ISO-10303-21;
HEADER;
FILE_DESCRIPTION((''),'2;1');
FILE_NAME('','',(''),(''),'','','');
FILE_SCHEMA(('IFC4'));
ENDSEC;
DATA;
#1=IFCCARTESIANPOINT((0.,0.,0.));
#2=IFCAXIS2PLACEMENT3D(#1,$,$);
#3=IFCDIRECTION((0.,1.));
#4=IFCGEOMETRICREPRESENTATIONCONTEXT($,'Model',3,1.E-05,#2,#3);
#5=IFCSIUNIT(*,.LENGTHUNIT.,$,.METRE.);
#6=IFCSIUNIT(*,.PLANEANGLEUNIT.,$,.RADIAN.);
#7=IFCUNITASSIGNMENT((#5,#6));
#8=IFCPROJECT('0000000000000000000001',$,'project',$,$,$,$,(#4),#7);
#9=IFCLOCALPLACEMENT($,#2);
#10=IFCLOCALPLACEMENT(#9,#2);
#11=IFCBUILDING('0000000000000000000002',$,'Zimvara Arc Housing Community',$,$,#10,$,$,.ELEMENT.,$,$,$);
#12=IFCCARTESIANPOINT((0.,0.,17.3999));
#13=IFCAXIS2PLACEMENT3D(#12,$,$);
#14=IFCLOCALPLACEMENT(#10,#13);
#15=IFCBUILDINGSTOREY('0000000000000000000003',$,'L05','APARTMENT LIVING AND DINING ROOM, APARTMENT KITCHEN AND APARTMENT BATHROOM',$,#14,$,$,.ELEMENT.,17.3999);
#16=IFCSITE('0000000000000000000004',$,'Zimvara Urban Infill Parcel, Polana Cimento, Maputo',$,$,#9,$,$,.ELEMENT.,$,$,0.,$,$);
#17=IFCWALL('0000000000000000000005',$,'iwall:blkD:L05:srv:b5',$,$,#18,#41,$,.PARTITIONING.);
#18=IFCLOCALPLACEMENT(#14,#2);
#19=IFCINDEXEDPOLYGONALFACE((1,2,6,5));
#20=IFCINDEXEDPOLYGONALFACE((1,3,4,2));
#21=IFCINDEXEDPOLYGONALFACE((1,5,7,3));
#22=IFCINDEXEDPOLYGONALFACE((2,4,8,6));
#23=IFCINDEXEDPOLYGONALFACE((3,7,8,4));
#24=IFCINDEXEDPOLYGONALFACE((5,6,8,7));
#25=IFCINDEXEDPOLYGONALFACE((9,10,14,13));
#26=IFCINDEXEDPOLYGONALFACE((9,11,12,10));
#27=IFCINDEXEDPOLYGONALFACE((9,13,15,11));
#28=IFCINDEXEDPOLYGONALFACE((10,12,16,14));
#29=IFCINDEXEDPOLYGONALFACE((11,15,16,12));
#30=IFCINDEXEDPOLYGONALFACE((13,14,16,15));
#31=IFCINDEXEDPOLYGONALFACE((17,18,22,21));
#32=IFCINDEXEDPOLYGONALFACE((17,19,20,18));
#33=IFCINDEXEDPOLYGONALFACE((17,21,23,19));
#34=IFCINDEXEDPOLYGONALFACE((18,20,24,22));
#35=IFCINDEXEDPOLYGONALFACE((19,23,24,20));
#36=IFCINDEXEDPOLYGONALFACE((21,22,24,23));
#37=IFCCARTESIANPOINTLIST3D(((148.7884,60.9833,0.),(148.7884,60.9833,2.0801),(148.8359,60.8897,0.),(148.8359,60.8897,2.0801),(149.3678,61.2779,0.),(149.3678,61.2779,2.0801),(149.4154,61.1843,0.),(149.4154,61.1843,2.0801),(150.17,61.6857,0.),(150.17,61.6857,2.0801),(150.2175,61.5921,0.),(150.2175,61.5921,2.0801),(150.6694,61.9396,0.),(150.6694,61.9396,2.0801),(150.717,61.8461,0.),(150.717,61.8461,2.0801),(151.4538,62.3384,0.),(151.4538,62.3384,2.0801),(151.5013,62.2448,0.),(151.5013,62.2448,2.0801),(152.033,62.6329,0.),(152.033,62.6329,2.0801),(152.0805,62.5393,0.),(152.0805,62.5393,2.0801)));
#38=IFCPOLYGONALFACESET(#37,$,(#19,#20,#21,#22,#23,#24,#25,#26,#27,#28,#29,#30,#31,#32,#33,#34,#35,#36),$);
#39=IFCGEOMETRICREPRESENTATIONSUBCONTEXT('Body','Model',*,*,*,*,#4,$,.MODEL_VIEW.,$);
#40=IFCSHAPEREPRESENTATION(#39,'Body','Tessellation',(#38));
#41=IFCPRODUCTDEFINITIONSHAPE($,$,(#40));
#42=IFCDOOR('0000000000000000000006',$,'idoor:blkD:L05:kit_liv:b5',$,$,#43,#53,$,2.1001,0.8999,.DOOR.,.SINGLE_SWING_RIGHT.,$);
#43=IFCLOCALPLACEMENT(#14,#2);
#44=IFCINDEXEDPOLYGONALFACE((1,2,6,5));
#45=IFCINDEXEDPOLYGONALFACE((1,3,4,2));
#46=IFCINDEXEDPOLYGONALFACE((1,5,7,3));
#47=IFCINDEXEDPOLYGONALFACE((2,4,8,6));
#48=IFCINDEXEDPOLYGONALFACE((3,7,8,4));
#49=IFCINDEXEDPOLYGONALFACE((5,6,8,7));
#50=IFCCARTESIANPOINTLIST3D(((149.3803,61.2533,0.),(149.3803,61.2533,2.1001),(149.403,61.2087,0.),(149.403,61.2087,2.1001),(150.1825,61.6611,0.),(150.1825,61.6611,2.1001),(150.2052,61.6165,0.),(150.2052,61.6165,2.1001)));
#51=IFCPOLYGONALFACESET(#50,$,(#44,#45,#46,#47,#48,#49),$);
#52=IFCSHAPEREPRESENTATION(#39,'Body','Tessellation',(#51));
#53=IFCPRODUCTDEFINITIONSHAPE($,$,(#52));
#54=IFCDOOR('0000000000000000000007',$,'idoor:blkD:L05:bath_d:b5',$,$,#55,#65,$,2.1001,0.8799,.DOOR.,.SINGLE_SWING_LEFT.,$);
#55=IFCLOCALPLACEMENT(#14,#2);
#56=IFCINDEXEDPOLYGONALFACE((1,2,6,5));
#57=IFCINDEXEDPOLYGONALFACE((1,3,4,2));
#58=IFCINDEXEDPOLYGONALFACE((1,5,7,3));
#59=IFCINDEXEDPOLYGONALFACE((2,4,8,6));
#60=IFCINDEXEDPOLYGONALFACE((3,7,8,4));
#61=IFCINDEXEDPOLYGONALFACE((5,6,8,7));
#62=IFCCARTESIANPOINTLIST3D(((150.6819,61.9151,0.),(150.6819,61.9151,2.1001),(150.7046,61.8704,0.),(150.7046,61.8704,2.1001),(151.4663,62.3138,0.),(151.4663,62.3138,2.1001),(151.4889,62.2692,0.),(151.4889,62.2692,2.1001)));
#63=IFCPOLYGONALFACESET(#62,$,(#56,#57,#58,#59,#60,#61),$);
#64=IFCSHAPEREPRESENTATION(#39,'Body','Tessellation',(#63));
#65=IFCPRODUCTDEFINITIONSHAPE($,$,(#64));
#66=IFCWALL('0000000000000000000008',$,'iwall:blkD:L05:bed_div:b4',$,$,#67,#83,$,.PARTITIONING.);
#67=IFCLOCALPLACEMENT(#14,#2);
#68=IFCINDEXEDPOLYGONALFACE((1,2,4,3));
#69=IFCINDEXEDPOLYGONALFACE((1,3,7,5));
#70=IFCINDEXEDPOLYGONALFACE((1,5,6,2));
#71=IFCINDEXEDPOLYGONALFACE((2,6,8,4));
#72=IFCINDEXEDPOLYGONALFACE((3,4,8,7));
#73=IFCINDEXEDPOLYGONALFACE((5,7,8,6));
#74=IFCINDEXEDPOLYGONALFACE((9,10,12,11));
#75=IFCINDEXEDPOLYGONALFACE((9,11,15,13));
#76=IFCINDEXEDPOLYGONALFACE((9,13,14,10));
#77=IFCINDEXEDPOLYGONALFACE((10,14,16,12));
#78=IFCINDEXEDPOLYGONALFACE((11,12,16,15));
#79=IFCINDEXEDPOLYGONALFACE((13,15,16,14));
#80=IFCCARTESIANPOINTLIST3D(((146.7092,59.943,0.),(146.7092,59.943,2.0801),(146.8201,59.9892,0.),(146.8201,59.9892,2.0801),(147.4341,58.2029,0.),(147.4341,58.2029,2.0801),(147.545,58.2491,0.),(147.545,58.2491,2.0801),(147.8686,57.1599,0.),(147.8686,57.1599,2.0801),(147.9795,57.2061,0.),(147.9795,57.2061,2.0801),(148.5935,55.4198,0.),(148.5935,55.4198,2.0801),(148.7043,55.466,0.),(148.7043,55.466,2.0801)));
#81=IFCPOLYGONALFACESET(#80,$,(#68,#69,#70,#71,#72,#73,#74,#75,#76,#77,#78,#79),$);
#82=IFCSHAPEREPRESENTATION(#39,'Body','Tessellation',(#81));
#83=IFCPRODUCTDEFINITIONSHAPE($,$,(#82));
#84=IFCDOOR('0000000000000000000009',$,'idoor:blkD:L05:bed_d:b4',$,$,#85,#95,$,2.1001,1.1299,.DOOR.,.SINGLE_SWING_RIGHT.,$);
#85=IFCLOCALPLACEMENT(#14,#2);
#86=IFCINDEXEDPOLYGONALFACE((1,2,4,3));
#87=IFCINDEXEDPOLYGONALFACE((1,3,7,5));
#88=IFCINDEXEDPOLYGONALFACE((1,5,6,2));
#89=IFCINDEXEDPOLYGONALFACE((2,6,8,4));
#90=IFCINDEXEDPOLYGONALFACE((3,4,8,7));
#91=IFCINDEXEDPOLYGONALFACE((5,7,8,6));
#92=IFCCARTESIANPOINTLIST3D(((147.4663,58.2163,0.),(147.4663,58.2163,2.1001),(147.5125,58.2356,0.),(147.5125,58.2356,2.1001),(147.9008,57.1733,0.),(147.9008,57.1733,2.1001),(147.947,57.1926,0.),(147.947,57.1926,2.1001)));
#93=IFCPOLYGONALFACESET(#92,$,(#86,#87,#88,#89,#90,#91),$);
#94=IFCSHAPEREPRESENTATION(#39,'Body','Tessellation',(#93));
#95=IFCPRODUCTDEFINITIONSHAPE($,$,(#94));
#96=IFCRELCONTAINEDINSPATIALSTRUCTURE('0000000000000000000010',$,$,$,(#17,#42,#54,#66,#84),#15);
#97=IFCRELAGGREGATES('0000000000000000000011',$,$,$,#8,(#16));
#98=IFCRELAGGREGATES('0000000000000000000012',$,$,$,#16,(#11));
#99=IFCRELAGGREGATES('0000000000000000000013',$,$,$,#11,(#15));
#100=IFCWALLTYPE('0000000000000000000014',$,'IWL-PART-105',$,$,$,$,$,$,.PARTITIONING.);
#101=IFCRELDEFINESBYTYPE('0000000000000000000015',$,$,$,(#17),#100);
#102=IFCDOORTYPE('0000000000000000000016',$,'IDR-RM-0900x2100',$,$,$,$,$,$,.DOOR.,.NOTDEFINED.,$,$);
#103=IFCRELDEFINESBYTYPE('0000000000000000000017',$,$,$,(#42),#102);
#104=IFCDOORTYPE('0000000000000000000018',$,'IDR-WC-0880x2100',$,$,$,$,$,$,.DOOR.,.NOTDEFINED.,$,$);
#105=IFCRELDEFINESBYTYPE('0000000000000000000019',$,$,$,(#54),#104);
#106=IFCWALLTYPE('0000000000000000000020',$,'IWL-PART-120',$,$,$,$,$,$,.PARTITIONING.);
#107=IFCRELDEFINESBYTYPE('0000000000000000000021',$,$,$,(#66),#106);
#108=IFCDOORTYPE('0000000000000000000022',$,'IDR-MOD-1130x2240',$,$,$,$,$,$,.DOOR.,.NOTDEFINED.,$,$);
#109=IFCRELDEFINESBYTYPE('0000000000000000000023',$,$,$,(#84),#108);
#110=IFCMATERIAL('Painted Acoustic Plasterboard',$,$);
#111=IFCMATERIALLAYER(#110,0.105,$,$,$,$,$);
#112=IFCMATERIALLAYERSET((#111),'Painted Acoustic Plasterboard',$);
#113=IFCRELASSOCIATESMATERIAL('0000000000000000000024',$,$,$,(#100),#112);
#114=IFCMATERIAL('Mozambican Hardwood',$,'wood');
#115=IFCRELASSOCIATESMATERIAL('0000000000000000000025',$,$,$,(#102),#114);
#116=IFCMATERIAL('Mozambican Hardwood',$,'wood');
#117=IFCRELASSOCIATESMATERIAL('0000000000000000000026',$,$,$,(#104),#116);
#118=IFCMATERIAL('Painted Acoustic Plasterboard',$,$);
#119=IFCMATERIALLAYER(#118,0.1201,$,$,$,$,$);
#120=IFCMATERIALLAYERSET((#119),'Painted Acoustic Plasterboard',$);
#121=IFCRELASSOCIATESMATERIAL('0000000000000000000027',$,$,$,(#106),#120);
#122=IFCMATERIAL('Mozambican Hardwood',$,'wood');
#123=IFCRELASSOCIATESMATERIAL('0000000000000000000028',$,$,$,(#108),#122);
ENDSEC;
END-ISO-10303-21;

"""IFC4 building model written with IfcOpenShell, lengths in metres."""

from ifc_helpers import new_model, si_unit, direction, frame, frame_2d, origin, place, context, subcontext, project, spatial, rectangle, extrude, material, layer, layer_set, type_object, element, fill, save


model = new_model("IFC4")

# Units and contexts
model_context = context("Model", 3, precision=1e-05, world=origin(), true_north=direction((0.0, 1.0)))
body_context = subcontext(model_context, "Body", "Model", "MODEL_VIEW")
ifc_project = project(units=[si_unit("LENGTHUNIT", "METRE"), si_unit("PLANEANGLEUNIT", "RADIAN")], contexts=[model_context])

# Site, building, storey
site_placement = place(None, origin())
site = spatial("IfcSite", under=ifc_project, at=site_placement, Name="Zimvara Urban Infill Parcel, Polana Cimento, Maputo", CompositionType="ELEMENT", RefElevation=0.0)
building_placement = place(site_placement, origin())
building = spatial("IfcBuilding", under=site, at=building_placement, Name="Zimvara Arc Housing Community", CompositionType="ELEMENT")
storey_placement = place(building_placement, frame((0.0, 0.0, 17.3999)))
storey = spatial("IfcBuildingStorey", under=building, at=storey_placement, Name="L05", Description="APARTMENT LIVING AND DINING ROOM, APARTMENT KITCHEN AND APARTMENT BATHROOM", CompositionType="ELEMENT", Elevation=17.3999)

# Wall, openings, doors
ifc_material_1 = material(Name="Painted Acoustic Plasterboard")
ifc_layer_1 = layer(ifc_material_1, 0.105)
ifc_layer_set_1 = layer_set([ifc_layer_1], Name="Painted Acoustic Plasterboard")
wall_type_1 = type_object("IfcWallType", Name="IWL-PART-105", PredefinedType="PARTITIONING", material=ifc_layer_set_1)
wall_1_placement = place(storey_placement, frame((148.8123, 60.9365, 0.0), z_axis=(0.0, 0.0, 1.0), x_axis=(0.891402, 0.453213, 0.0)))
wall_1 = element("IfcWall", 1, at=wall_1_placement, inside=storey, type_object=wall_type_1, Name="iwall:blkD:L05:srv:b5", PredefinedType="PARTITIONING", context=body_context, shape_type="SweptSolid", body=[
    extrude(rectangle(XDim=3.6399, YDim=0.105, at=frame_2d((1.8198, 0.0))), origin(), (0.0, 0.0, 1.0), 2.0801),
])
opening_1_placement = place(wall_1_placement, frame((0.6499, 0.0, 0.0)))
opening_1 = element("IfcOpeningElement", 2, at=opening_1_placement, cuts=wall_1, PredefinedType="OPENING", context=body_context, shape_type="SweptSolid", body=[
    extrude(rectangle(XDim=0.8999, YDim=2.1001, at=frame_2d((0.45, 1.05))), frame((0.0, 0.0625, 0.0), z_axis=(0.0, -1.0, 0.0), x_axis=(1.0, 0.0, 0.0)), (0.0, 0.0, 1.0), 0.125),
])
opening_2_placement = place(wall_1_placement, frame((2.1101, 0.0, 0.0)))
opening_2 = element("IfcOpeningElement", 3, at=opening_2_placement, cuts=wall_1, PredefinedType="OPENING", context=body_context, shape_type="SweptSolid", body=[
    extrude(rectangle(XDim=0.8799, YDim=2.1001, at=frame_2d((0.4399, 1.05))), frame((0.0, 0.0625, 0.0), z_axis=(0.0, -1.0, 0.0), x_axis=(1.0, 0.0, 0.0)), (0.0, 0.0, 1.0), 0.125),
])
ifc_material_2 = material(Name="Mozambican Hardwood", Category="wood")
door_type_1 = type_object("IfcDoorType", Name="IDR-RM-0900x2100", OperationType="NOTDEFINED", PredefinedType="DOOR", material=ifc_material_2)
door_1_placement = place(opening_1_placement, origin())
door_1 = element("IfcDoor", 4, at=door_1_placement, inside=storey, type_object=door_type_1, Name="idoor:blkD:L05:kit_liv:b5", OperationType="SINGLE_SWING_RIGHT", OverallHeight=2.1001, OverallWidth=0.8999, PredefinedType="DOOR", context=body_context, shape_type="SweptSolid", body=[
    extrude(rectangle(XDim=0.8999, YDim=2.1001, at=frame_2d((0.45, 1.05))), frame((0.0, 0.0249, 0.0), z_axis=(0.0, -1.0, 0.0), x_axis=(1.0, 0.0, 0.0)), (0.0, 0.0, 1.0), 0.05),
])
fill(opening_1, door_1)
ifc_material_3 = material(Name="Mozambican Hardwood", Category="wood")
door_type_2 = type_object("IfcDoorType", Name="IDR-WC-0880x2100", OperationType="NOTDEFINED", PredefinedType="DOOR", material=ifc_material_3)
door_2_placement = place(opening_2_placement, origin())
door_2 = element("IfcDoor", 5, at=door_2_placement, inside=storey, type_object=door_type_2, Name="idoor:blkD:L05:bath_d:b5", OperationType="SINGLE_SWING_LEFT", OverallHeight=2.1001, OverallWidth=0.8799, PredefinedType="DOOR", context=body_context, shape_type="SweptSolid", body=[
    extrude(rectangle(XDim=0.8799, YDim=2.1001, at=frame_2d((0.4399, 1.05))), frame((0.0, 0.0249, 0.0), z_axis=(0.0, -1.0, 0.0), x_axis=(1.0, 0.0, 0.0)), (0.0, 0.0, 1.0), 0.05),
])
fill(opening_2, door_2)

# Wall, opening, door
ifc_material_4 = material(Name="Painted Acoustic Plasterboard")
ifc_layer_2 = layer(ifc_material_4, 0.1201)
ifc_layer_set_2 = layer_set([ifc_layer_2], Name="Painted Acoustic Plasterboard")
wall_type_2 = type_object("IfcWallType", Name="IWL-PART-120", PredefinedType="PARTITIONING", material=ifc_layer_set_2)
wall_2_placement = place(storey_placement, frame((146.7646, 59.9661, 0.0), z_axis=(0.0, 0.0, 1.0), x_axis=(0.384548, -0.923105, 0.0)))
wall_2 = element("IfcWall", 6, at=wall_2_placement, inside=storey, type_object=wall_type_2, Name="iwall:blkD:L05:bed_div:b4", PredefinedType="PARTITIONING", context=body_context, shape_type="SweptSolid", body=[
    extrude(rectangle(XDim=4.8999, YDim=0.1201, at=frame_2d((2.45, 0.0))), origin(), (0.0, 0.0, 1.0), 2.0801),
])
opening_3_placement = place(wall_2_placement, frame((1.885, 0.0, 0.0)))
opening_3 = element("IfcOpeningElement", 7, at=opening_3_placement, cuts=wall_2, PredefinedType="OPENING", context=body_context, shape_type="SweptSolid", body=[
    extrude(rectangle(XDim=1.1299, YDim=2.1001, at=frame_2d((0.5649, 1.05))), frame((0.0, 0.0701, 0.0), z_axis=(0.0, -1.0, 0.0), x_axis=(1.0, 0.0, 0.0)), (0.0, 0.0, 1.0), 0.1401),
])
ifc_material_5 = material(Name="Mozambican Hardwood", Category="wood")
door_type_3 = type_object("IfcDoorType", Name="IDR-MOD-1130x2240", OperationType="NOTDEFINED", PredefinedType="DOOR", material=ifc_material_5)
door_3_placement = place(opening_3_placement, origin())
door_3 = element("IfcDoor", 8, at=door_3_placement, inside=storey, type_object=door_type_3, Name="idoor:blkD:L05:bed_d:b4", OperationType="SINGLE_SWING_RIGHT", OverallHeight=2.1001, OverallWidth=1.1299, PredefinedType="DOOR", context=body_context, shape_type="SweptSolid", body=[
    extrude(rectangle(XDim=1.1299, YDim=2.1001, at=frame_2d((0.5649, 1.05))), frame((0.0, 0.0249, 0.0), z_axis=(0.0, -1.0, 0.0), x_axis=(1.0, 0.0, 0.0)), (0.0, 0.0, 1.0), 0.05),
])
fill(opening_3, door_3)

save(model, "model.ifc")
